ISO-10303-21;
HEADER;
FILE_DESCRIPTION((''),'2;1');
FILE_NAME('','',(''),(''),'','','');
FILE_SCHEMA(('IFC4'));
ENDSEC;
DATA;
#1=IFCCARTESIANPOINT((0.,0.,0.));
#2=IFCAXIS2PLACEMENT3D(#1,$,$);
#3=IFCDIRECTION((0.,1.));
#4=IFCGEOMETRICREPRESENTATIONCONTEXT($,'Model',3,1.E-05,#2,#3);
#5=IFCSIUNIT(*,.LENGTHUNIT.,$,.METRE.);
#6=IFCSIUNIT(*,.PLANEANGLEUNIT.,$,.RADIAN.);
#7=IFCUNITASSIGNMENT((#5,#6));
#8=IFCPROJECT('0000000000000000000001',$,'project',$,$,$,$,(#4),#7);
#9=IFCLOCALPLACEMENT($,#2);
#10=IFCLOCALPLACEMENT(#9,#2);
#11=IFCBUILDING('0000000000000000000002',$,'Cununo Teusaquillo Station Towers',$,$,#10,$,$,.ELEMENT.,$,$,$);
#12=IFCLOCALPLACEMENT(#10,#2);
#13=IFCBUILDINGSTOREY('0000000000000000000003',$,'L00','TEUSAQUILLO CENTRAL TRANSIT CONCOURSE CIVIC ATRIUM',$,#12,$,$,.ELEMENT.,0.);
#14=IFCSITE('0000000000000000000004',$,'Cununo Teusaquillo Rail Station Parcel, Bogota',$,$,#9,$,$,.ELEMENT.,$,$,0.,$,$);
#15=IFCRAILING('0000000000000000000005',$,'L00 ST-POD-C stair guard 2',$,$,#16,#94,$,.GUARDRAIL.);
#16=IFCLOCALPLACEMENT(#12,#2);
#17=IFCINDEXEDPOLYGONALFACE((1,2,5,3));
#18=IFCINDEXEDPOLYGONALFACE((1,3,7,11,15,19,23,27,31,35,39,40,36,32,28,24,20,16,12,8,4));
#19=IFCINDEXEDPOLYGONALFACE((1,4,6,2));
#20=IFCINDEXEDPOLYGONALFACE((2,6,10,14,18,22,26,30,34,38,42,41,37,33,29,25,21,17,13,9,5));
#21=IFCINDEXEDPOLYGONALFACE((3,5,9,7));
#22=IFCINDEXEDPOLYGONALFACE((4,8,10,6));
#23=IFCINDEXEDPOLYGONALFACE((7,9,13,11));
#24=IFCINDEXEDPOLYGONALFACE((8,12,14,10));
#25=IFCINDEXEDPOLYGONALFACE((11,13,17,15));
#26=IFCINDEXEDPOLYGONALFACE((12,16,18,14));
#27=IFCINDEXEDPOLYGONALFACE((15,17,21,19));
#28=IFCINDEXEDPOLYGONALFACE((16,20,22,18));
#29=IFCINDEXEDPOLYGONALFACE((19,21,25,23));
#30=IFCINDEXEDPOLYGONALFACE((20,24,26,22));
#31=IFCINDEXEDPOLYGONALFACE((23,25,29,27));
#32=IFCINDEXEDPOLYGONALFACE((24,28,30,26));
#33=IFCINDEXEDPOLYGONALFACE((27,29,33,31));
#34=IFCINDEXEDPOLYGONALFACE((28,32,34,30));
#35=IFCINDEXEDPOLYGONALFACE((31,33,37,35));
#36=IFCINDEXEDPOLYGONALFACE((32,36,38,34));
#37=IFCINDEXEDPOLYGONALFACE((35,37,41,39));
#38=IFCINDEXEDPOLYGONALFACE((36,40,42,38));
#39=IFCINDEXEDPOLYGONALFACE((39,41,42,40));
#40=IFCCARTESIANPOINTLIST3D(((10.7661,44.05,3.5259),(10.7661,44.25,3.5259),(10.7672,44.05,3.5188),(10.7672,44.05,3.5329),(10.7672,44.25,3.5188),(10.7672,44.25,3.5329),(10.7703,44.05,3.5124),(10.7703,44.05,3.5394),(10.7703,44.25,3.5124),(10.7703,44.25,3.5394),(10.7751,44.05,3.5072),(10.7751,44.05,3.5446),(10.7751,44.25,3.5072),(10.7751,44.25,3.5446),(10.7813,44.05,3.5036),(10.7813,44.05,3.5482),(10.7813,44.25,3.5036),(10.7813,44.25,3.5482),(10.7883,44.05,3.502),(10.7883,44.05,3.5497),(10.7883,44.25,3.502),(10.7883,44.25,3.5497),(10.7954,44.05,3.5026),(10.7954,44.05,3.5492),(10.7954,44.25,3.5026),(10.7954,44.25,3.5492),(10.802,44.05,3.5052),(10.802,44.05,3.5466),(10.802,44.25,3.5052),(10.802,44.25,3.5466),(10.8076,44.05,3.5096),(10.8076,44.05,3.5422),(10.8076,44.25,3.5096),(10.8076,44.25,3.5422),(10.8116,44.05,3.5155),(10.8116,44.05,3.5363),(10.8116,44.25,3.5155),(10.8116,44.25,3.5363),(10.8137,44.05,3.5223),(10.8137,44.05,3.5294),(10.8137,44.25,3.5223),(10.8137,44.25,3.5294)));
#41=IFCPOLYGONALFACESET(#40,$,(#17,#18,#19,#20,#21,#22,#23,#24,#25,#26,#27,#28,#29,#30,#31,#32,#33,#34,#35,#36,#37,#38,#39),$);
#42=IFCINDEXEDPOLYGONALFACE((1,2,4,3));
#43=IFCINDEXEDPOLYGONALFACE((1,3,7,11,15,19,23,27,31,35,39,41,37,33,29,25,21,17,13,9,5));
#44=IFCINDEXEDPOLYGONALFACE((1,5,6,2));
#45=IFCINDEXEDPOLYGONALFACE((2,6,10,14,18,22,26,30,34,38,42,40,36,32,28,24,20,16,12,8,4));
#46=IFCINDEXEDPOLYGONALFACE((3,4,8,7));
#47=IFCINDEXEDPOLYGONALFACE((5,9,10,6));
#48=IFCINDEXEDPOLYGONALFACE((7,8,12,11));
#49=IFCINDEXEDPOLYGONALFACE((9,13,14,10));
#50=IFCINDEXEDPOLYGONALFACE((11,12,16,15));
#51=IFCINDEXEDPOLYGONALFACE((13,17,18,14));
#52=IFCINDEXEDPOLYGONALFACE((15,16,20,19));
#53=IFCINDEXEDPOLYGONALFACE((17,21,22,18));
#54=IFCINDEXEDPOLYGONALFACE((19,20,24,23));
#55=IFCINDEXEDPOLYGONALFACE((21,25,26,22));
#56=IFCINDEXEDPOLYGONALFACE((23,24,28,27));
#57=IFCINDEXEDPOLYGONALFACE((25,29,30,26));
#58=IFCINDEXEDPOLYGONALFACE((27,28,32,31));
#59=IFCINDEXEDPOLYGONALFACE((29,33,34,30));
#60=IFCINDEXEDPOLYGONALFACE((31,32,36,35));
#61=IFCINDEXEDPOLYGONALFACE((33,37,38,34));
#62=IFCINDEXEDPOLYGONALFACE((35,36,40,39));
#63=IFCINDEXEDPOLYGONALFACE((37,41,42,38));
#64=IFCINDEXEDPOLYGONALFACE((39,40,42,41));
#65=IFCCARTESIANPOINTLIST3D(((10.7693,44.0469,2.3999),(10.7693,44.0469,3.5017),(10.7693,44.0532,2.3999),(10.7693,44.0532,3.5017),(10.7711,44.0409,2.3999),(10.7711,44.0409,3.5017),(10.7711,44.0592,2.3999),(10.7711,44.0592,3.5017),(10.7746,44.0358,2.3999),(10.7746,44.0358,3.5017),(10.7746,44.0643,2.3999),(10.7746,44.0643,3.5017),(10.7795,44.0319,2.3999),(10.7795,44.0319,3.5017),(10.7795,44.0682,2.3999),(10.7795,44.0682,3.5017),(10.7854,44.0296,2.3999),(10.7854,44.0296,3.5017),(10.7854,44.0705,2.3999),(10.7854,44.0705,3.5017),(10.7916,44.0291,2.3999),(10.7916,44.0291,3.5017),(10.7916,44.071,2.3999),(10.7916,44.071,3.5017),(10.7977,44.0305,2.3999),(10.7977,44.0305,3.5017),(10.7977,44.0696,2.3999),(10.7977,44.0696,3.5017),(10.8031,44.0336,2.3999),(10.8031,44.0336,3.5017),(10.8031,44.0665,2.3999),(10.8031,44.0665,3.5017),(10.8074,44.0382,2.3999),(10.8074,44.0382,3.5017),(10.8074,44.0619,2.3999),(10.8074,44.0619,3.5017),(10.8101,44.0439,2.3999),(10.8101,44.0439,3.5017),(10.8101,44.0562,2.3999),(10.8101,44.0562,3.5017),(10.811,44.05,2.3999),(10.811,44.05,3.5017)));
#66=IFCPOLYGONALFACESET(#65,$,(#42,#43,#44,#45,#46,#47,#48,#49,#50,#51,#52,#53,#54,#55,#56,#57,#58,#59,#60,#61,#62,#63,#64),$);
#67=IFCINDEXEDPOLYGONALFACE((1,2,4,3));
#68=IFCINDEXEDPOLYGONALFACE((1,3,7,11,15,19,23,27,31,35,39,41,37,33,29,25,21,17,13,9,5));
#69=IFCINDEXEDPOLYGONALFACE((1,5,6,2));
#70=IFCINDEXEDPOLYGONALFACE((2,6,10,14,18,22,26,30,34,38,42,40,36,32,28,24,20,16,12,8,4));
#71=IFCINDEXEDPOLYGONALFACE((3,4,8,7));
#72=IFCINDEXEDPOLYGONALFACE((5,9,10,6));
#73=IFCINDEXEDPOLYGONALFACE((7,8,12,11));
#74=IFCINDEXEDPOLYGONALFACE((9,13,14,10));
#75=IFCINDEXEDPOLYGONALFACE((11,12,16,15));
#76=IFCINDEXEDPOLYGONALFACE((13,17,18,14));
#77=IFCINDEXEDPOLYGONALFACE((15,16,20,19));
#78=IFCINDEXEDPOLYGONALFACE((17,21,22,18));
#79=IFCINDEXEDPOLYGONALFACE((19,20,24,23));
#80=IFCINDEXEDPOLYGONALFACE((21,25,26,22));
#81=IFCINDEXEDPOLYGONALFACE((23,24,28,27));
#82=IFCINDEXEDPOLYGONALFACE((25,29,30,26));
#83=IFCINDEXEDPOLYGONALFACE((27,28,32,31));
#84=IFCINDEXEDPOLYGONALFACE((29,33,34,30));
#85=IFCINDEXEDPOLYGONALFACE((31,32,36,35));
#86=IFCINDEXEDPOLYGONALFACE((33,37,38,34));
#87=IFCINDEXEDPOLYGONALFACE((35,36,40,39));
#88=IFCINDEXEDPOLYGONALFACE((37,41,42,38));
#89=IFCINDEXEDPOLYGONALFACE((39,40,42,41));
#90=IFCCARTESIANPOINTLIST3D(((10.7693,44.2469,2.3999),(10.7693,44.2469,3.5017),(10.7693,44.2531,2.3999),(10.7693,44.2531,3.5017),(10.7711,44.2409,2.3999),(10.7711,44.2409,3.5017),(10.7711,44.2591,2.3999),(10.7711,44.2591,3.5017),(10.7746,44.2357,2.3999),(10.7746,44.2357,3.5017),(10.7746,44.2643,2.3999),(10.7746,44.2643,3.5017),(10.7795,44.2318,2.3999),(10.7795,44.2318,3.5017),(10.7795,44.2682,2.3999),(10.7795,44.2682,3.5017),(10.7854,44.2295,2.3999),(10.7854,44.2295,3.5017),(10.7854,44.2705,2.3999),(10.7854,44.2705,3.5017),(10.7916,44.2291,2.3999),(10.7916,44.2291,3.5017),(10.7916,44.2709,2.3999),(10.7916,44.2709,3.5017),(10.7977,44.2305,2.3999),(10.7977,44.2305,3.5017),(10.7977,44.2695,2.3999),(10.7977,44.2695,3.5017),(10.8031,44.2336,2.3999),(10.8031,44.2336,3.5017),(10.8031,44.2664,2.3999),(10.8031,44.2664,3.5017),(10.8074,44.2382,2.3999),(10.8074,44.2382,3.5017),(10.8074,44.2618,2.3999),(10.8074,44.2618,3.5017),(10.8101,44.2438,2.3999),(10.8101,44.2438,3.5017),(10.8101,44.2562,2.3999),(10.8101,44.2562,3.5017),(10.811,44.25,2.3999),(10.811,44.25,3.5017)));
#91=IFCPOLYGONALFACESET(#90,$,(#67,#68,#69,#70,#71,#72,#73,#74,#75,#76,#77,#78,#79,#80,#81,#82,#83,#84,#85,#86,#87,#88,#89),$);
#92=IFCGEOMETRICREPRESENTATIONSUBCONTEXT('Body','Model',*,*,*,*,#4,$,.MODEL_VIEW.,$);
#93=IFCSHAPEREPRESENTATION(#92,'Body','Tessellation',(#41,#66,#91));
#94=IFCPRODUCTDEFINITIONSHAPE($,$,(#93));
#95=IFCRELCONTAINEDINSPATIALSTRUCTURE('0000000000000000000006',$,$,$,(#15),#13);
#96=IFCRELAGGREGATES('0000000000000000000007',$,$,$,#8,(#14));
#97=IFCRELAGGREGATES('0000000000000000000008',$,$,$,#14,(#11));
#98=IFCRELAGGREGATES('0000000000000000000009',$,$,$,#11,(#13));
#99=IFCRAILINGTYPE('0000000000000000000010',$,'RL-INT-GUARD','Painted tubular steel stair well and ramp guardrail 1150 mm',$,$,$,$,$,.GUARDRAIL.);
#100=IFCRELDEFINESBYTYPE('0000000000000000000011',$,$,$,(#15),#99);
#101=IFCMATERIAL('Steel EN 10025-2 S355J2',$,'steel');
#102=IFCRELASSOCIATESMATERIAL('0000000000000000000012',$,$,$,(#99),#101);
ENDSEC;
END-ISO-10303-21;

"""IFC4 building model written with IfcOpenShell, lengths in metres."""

from ifc_helpers import new_model, si_unit, direction, frame, origin, origin_2d, place, context, subcontext, project, spatial, circle, extrude, material, type_object, element, save


model = new_model("IFC4")

# Units and contexts
model_context = context("Model", 3, precision=1e-05, world=origin(), true_north=direction((0.0, 1.0)))
body_context = subcontext(model_context, "Body", "Model", "MODEL_VIEW")
ifc_project = project(units=[si_unit("LENGTHUNIT", "METRE"), si_unit("PLANEANGLEUNIT", "RADIAN")], contexts=[model_context])

# Site, building, storey
site_placement = place(None, origin())
site = spatial("IfcSite", under=ifc_project, at=site_placement, Name="Cununo Teusaquillo Rail Station Parcel, Bogota", CompositionType="ELEMENT", RefElevation=0.0)
building_placement = place(site_placement, origin())
building = spatial("IfcBuilding", under=site, at=building_placement, Name="Cununo Teusaquillo Station Towers", CompositionType="ELEMENT")
storey_placement = place(building_placement, origin())
storey = spatial("IfcBuildingStorey", under=building, at=storey_placement, Name="L00", Description="TEUSAQUILLO CENTRAL TRANSIT CONCOURSE CIVIC ATRIUM", CompositionType="ELEMENT", Elevation=0.0)

# Railing
ifc_material_1 = material(Name="Steel EN 10025-2 S355J2", Category="steel")
railing_type_1 = type_object("IfcRailingType", Name="RL-INT-GUARD", Description="Painted tubular steel stair well and ramp guardrail 1150 mm", PredefinedType="GUARDRAIL", material=ifc_material_1)
railing_1_placement = place(storey_placement, frame((10.79, 44.05, 2.3999)))
element("IfcRailing", 1, at=railing_1_placement, inside=storey, type_object=railing_type_1, Name="L00 ST-POD-C stair guard 2", PredefinedType="GUARDRAIL", context=body_context, shape_type="SweptSolid", body=[
    extrude(circle(Radius=0.0239, at=origin_2d()), frame((0.0, 0.0, 1.126), z_axis=(0.0, 1.0, 0.0), x_axis=(-1.0, 0.0, 0.0)), (0.0, 0.0, 1.0), 0.2),
    extrude(circle(Radius=0.021, at=origin_2d()), origin(), (0.0, 0.0, 1.0), 1.1018),
    extrude(circle(Radius=0.021, at=origin_2d()), frame((0.0, 0.2, 0.0)), (0.0, 0.0, 1.0), 1.1018),
])

save(model, "model.ifc")
